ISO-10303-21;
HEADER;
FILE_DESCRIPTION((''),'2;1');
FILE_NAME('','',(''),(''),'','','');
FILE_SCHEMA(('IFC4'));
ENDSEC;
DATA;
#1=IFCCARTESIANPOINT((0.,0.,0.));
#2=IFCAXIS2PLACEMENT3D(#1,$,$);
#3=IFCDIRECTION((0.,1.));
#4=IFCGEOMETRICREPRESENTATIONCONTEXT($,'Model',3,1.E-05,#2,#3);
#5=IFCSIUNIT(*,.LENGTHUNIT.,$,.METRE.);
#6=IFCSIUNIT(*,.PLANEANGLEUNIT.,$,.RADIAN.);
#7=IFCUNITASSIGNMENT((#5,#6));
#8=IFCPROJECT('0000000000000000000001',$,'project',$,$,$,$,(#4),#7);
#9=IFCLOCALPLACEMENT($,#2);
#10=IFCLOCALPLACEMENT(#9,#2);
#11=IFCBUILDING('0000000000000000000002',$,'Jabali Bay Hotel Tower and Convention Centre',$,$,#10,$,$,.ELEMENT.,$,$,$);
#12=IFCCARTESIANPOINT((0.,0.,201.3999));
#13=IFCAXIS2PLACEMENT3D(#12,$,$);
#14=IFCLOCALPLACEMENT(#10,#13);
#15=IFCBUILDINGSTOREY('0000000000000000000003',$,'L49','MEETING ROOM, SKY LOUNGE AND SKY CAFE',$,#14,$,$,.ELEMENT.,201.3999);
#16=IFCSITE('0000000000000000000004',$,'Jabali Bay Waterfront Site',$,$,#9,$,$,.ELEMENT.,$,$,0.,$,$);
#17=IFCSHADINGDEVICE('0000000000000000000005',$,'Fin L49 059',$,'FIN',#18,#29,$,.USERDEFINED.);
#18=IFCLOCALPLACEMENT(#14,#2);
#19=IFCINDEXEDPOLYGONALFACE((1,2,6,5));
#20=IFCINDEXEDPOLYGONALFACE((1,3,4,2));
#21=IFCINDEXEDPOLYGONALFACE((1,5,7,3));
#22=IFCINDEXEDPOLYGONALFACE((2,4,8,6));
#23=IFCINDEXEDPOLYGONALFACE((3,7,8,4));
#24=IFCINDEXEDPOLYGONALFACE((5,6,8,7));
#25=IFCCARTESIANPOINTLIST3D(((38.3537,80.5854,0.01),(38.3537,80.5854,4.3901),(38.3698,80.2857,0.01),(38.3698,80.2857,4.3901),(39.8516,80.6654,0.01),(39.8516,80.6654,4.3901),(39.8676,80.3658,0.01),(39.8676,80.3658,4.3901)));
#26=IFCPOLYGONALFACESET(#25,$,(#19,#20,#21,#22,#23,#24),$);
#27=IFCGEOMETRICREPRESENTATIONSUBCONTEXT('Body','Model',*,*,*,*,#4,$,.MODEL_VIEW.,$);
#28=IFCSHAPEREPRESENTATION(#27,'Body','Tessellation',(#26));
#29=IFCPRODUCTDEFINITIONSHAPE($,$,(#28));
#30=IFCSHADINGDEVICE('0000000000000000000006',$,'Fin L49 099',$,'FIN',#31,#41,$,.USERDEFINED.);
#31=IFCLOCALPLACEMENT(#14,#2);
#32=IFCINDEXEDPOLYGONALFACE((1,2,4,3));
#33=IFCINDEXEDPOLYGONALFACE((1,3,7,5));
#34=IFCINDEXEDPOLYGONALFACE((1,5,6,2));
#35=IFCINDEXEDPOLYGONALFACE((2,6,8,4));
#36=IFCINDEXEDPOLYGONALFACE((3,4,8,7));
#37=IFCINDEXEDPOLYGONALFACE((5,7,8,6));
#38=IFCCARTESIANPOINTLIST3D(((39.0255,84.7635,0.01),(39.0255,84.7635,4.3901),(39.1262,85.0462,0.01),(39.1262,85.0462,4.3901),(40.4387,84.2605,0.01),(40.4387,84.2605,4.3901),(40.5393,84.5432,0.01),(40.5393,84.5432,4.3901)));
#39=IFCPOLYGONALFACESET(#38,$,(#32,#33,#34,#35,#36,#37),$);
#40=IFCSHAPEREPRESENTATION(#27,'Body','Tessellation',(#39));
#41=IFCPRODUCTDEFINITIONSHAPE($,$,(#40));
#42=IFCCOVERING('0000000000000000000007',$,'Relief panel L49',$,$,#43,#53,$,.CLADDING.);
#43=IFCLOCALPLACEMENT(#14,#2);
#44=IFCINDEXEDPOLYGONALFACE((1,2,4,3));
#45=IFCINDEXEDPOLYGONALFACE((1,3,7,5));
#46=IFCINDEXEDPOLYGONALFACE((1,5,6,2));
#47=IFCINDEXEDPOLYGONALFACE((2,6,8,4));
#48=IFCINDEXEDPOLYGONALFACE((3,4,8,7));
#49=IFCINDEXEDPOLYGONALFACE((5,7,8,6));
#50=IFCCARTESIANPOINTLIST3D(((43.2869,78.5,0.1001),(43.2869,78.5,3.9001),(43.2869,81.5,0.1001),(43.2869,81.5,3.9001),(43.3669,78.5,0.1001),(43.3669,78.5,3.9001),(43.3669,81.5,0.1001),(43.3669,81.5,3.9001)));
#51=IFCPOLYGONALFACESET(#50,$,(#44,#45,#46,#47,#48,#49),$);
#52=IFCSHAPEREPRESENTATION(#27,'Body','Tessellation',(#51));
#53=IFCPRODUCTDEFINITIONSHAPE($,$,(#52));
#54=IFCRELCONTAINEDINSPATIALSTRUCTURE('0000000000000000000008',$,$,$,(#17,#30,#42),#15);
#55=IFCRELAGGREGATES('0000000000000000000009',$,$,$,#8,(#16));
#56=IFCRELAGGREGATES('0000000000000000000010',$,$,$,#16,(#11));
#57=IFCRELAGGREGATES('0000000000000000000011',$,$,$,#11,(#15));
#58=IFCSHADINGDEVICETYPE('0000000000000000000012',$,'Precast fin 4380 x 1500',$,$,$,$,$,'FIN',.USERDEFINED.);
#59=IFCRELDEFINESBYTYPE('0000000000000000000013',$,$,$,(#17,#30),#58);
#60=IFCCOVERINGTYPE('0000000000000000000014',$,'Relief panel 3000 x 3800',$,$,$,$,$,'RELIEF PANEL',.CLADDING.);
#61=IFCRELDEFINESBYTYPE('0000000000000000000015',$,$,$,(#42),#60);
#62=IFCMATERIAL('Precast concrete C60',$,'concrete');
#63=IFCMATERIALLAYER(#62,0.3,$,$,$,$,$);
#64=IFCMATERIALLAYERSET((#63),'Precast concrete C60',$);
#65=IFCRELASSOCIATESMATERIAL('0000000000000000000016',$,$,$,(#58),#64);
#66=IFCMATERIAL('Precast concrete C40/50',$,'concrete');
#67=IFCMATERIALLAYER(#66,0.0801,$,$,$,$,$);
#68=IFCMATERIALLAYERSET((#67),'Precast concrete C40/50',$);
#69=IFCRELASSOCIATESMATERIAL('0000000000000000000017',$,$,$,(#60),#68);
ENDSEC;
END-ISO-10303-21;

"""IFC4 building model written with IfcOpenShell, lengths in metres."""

from ifc_helpers import new_model, si_unit, direction, frame, frame_2d, origin, origin_2d, place, context, subcontext, project, spatial, rectangle, extrude, material, layer, layer_set, type_object, element, save


model = new_model("IFC4")

# Units and contexts
model_context = context("Model", 3, precision=1e-05, world=origin(), true_north=direction((0.0, 1.0)))
body_context = subcontext(model_context, "Body", "Model", "MODEL_VIEW")
ifc_project = project(units=[si_unit("LENGTHUNIT", "METRE"), si_unit("PLANEANGLEUNIT", "RADIAN")], contexts=[model_context])

# Site, building, storey
site_placement = place(None, origin())
site = spatial("IfcSite", under=ifc_project, at=site_placement, Name="Jabali Bay Waterfront Site", CompositionType="ELEMENT", RefElevation=0.0)
building_placement = place(site_placement, origin())
building = spatial("IfcBuilding", under=site, at=building_placement, Name="Jabali Bay Hotel Tower and Convention Centre", CompositionType="ELEMENT")
storey_placement = place(building_placement, frame((0.0, 0.0, 201.3999)))
storey = spatial("IfcBuildingStorey", under=building, at=storey_placement, Name="L49", Description="MEETING ROOM, SKY LOUNGE AND SKY CAFE", CompositionType="ELEMENT", Elevation=201.3999)

# Shading devices
ifc_material_1 = material(Name="Precast concrete C60", Category="concrete")
ifc_layer_1 = layer(ifc_material_1, 0.3)
ifc_layer_set_1 = layer_set([ifc_layer_1], Name="Precast concrete C60")
shading_device_type = type_object("IfcShadingDeviceType", Name="Precast fin 4380 x 1500", ElementType="FIN", PredefinedType="USERDEFINED", material=ifc_layer_set_1)
for number, where, z_axis, x_axis, name in (
    (1, (39.8596, 80.5156, 0.01), (0.0, 0.0, 1.0), (-0.998574, -0.053387, 0.0), "Fin L49 059"),
    (2, (40.489, 84.4019, 0.01), (0.0, 0.0, 1.0), (-0.94211, 0.335305, 0.0), "Fin L49 099"),
):
    element("IfcShadingDevice", number, at=place(storey_placement, frame(where, z_axis=z_axis, x_axis=x_axis)), inside=storey, type_object=shading_device_type, Name=name, ObjectType="FIN", PredefinedType="USERDEFINED", context=body_context, shape_type="SweptSolid", body=[
        extrude(rectangle(XDim=1.5, YDim=0.3, at=frame_2d((0.75, 0.0))), origin(), (0.0, 0.0, 1.0), 4.3801),
    ])

# Covering
ifc_material_2 = material(Name="Precast concrete C40/50", Category="concrete")
ifc_layer_2 = layer(ifc_material_2, 0.0801)
ifc_layer_set_2 = layer_set([ifc_layer_2], Name="Precast concrete C40/50")
covering_type = type_object("IfcCoveringType", Name="Relief panel 3000 x 3800", ElementType="RELIEF PANEL", PredefinedType="CLADDING", material=ifc_layer_set_2)
covering_placement = place(storey_placement, frame((43.3269, 80.0, 0.1001), z_axis=(0.0, 0.0, 1.0), x_axis=(0.0, 1.0, 0.0)))
element("IfcCovering", 3, at=covering_placement, inside=storey, type_object=covering_type, Name="Relief panel L49", PredefinedType="CLADDING", context=body_context, shape_type="SweptSolid", body=[
    extrude(rectangle(XDim=3.0, YDim=0.0801, at=origin_2d()), origin(), (0.0, 0.0, 1.0), 3.8),
])

save(model, "model.ifc")
